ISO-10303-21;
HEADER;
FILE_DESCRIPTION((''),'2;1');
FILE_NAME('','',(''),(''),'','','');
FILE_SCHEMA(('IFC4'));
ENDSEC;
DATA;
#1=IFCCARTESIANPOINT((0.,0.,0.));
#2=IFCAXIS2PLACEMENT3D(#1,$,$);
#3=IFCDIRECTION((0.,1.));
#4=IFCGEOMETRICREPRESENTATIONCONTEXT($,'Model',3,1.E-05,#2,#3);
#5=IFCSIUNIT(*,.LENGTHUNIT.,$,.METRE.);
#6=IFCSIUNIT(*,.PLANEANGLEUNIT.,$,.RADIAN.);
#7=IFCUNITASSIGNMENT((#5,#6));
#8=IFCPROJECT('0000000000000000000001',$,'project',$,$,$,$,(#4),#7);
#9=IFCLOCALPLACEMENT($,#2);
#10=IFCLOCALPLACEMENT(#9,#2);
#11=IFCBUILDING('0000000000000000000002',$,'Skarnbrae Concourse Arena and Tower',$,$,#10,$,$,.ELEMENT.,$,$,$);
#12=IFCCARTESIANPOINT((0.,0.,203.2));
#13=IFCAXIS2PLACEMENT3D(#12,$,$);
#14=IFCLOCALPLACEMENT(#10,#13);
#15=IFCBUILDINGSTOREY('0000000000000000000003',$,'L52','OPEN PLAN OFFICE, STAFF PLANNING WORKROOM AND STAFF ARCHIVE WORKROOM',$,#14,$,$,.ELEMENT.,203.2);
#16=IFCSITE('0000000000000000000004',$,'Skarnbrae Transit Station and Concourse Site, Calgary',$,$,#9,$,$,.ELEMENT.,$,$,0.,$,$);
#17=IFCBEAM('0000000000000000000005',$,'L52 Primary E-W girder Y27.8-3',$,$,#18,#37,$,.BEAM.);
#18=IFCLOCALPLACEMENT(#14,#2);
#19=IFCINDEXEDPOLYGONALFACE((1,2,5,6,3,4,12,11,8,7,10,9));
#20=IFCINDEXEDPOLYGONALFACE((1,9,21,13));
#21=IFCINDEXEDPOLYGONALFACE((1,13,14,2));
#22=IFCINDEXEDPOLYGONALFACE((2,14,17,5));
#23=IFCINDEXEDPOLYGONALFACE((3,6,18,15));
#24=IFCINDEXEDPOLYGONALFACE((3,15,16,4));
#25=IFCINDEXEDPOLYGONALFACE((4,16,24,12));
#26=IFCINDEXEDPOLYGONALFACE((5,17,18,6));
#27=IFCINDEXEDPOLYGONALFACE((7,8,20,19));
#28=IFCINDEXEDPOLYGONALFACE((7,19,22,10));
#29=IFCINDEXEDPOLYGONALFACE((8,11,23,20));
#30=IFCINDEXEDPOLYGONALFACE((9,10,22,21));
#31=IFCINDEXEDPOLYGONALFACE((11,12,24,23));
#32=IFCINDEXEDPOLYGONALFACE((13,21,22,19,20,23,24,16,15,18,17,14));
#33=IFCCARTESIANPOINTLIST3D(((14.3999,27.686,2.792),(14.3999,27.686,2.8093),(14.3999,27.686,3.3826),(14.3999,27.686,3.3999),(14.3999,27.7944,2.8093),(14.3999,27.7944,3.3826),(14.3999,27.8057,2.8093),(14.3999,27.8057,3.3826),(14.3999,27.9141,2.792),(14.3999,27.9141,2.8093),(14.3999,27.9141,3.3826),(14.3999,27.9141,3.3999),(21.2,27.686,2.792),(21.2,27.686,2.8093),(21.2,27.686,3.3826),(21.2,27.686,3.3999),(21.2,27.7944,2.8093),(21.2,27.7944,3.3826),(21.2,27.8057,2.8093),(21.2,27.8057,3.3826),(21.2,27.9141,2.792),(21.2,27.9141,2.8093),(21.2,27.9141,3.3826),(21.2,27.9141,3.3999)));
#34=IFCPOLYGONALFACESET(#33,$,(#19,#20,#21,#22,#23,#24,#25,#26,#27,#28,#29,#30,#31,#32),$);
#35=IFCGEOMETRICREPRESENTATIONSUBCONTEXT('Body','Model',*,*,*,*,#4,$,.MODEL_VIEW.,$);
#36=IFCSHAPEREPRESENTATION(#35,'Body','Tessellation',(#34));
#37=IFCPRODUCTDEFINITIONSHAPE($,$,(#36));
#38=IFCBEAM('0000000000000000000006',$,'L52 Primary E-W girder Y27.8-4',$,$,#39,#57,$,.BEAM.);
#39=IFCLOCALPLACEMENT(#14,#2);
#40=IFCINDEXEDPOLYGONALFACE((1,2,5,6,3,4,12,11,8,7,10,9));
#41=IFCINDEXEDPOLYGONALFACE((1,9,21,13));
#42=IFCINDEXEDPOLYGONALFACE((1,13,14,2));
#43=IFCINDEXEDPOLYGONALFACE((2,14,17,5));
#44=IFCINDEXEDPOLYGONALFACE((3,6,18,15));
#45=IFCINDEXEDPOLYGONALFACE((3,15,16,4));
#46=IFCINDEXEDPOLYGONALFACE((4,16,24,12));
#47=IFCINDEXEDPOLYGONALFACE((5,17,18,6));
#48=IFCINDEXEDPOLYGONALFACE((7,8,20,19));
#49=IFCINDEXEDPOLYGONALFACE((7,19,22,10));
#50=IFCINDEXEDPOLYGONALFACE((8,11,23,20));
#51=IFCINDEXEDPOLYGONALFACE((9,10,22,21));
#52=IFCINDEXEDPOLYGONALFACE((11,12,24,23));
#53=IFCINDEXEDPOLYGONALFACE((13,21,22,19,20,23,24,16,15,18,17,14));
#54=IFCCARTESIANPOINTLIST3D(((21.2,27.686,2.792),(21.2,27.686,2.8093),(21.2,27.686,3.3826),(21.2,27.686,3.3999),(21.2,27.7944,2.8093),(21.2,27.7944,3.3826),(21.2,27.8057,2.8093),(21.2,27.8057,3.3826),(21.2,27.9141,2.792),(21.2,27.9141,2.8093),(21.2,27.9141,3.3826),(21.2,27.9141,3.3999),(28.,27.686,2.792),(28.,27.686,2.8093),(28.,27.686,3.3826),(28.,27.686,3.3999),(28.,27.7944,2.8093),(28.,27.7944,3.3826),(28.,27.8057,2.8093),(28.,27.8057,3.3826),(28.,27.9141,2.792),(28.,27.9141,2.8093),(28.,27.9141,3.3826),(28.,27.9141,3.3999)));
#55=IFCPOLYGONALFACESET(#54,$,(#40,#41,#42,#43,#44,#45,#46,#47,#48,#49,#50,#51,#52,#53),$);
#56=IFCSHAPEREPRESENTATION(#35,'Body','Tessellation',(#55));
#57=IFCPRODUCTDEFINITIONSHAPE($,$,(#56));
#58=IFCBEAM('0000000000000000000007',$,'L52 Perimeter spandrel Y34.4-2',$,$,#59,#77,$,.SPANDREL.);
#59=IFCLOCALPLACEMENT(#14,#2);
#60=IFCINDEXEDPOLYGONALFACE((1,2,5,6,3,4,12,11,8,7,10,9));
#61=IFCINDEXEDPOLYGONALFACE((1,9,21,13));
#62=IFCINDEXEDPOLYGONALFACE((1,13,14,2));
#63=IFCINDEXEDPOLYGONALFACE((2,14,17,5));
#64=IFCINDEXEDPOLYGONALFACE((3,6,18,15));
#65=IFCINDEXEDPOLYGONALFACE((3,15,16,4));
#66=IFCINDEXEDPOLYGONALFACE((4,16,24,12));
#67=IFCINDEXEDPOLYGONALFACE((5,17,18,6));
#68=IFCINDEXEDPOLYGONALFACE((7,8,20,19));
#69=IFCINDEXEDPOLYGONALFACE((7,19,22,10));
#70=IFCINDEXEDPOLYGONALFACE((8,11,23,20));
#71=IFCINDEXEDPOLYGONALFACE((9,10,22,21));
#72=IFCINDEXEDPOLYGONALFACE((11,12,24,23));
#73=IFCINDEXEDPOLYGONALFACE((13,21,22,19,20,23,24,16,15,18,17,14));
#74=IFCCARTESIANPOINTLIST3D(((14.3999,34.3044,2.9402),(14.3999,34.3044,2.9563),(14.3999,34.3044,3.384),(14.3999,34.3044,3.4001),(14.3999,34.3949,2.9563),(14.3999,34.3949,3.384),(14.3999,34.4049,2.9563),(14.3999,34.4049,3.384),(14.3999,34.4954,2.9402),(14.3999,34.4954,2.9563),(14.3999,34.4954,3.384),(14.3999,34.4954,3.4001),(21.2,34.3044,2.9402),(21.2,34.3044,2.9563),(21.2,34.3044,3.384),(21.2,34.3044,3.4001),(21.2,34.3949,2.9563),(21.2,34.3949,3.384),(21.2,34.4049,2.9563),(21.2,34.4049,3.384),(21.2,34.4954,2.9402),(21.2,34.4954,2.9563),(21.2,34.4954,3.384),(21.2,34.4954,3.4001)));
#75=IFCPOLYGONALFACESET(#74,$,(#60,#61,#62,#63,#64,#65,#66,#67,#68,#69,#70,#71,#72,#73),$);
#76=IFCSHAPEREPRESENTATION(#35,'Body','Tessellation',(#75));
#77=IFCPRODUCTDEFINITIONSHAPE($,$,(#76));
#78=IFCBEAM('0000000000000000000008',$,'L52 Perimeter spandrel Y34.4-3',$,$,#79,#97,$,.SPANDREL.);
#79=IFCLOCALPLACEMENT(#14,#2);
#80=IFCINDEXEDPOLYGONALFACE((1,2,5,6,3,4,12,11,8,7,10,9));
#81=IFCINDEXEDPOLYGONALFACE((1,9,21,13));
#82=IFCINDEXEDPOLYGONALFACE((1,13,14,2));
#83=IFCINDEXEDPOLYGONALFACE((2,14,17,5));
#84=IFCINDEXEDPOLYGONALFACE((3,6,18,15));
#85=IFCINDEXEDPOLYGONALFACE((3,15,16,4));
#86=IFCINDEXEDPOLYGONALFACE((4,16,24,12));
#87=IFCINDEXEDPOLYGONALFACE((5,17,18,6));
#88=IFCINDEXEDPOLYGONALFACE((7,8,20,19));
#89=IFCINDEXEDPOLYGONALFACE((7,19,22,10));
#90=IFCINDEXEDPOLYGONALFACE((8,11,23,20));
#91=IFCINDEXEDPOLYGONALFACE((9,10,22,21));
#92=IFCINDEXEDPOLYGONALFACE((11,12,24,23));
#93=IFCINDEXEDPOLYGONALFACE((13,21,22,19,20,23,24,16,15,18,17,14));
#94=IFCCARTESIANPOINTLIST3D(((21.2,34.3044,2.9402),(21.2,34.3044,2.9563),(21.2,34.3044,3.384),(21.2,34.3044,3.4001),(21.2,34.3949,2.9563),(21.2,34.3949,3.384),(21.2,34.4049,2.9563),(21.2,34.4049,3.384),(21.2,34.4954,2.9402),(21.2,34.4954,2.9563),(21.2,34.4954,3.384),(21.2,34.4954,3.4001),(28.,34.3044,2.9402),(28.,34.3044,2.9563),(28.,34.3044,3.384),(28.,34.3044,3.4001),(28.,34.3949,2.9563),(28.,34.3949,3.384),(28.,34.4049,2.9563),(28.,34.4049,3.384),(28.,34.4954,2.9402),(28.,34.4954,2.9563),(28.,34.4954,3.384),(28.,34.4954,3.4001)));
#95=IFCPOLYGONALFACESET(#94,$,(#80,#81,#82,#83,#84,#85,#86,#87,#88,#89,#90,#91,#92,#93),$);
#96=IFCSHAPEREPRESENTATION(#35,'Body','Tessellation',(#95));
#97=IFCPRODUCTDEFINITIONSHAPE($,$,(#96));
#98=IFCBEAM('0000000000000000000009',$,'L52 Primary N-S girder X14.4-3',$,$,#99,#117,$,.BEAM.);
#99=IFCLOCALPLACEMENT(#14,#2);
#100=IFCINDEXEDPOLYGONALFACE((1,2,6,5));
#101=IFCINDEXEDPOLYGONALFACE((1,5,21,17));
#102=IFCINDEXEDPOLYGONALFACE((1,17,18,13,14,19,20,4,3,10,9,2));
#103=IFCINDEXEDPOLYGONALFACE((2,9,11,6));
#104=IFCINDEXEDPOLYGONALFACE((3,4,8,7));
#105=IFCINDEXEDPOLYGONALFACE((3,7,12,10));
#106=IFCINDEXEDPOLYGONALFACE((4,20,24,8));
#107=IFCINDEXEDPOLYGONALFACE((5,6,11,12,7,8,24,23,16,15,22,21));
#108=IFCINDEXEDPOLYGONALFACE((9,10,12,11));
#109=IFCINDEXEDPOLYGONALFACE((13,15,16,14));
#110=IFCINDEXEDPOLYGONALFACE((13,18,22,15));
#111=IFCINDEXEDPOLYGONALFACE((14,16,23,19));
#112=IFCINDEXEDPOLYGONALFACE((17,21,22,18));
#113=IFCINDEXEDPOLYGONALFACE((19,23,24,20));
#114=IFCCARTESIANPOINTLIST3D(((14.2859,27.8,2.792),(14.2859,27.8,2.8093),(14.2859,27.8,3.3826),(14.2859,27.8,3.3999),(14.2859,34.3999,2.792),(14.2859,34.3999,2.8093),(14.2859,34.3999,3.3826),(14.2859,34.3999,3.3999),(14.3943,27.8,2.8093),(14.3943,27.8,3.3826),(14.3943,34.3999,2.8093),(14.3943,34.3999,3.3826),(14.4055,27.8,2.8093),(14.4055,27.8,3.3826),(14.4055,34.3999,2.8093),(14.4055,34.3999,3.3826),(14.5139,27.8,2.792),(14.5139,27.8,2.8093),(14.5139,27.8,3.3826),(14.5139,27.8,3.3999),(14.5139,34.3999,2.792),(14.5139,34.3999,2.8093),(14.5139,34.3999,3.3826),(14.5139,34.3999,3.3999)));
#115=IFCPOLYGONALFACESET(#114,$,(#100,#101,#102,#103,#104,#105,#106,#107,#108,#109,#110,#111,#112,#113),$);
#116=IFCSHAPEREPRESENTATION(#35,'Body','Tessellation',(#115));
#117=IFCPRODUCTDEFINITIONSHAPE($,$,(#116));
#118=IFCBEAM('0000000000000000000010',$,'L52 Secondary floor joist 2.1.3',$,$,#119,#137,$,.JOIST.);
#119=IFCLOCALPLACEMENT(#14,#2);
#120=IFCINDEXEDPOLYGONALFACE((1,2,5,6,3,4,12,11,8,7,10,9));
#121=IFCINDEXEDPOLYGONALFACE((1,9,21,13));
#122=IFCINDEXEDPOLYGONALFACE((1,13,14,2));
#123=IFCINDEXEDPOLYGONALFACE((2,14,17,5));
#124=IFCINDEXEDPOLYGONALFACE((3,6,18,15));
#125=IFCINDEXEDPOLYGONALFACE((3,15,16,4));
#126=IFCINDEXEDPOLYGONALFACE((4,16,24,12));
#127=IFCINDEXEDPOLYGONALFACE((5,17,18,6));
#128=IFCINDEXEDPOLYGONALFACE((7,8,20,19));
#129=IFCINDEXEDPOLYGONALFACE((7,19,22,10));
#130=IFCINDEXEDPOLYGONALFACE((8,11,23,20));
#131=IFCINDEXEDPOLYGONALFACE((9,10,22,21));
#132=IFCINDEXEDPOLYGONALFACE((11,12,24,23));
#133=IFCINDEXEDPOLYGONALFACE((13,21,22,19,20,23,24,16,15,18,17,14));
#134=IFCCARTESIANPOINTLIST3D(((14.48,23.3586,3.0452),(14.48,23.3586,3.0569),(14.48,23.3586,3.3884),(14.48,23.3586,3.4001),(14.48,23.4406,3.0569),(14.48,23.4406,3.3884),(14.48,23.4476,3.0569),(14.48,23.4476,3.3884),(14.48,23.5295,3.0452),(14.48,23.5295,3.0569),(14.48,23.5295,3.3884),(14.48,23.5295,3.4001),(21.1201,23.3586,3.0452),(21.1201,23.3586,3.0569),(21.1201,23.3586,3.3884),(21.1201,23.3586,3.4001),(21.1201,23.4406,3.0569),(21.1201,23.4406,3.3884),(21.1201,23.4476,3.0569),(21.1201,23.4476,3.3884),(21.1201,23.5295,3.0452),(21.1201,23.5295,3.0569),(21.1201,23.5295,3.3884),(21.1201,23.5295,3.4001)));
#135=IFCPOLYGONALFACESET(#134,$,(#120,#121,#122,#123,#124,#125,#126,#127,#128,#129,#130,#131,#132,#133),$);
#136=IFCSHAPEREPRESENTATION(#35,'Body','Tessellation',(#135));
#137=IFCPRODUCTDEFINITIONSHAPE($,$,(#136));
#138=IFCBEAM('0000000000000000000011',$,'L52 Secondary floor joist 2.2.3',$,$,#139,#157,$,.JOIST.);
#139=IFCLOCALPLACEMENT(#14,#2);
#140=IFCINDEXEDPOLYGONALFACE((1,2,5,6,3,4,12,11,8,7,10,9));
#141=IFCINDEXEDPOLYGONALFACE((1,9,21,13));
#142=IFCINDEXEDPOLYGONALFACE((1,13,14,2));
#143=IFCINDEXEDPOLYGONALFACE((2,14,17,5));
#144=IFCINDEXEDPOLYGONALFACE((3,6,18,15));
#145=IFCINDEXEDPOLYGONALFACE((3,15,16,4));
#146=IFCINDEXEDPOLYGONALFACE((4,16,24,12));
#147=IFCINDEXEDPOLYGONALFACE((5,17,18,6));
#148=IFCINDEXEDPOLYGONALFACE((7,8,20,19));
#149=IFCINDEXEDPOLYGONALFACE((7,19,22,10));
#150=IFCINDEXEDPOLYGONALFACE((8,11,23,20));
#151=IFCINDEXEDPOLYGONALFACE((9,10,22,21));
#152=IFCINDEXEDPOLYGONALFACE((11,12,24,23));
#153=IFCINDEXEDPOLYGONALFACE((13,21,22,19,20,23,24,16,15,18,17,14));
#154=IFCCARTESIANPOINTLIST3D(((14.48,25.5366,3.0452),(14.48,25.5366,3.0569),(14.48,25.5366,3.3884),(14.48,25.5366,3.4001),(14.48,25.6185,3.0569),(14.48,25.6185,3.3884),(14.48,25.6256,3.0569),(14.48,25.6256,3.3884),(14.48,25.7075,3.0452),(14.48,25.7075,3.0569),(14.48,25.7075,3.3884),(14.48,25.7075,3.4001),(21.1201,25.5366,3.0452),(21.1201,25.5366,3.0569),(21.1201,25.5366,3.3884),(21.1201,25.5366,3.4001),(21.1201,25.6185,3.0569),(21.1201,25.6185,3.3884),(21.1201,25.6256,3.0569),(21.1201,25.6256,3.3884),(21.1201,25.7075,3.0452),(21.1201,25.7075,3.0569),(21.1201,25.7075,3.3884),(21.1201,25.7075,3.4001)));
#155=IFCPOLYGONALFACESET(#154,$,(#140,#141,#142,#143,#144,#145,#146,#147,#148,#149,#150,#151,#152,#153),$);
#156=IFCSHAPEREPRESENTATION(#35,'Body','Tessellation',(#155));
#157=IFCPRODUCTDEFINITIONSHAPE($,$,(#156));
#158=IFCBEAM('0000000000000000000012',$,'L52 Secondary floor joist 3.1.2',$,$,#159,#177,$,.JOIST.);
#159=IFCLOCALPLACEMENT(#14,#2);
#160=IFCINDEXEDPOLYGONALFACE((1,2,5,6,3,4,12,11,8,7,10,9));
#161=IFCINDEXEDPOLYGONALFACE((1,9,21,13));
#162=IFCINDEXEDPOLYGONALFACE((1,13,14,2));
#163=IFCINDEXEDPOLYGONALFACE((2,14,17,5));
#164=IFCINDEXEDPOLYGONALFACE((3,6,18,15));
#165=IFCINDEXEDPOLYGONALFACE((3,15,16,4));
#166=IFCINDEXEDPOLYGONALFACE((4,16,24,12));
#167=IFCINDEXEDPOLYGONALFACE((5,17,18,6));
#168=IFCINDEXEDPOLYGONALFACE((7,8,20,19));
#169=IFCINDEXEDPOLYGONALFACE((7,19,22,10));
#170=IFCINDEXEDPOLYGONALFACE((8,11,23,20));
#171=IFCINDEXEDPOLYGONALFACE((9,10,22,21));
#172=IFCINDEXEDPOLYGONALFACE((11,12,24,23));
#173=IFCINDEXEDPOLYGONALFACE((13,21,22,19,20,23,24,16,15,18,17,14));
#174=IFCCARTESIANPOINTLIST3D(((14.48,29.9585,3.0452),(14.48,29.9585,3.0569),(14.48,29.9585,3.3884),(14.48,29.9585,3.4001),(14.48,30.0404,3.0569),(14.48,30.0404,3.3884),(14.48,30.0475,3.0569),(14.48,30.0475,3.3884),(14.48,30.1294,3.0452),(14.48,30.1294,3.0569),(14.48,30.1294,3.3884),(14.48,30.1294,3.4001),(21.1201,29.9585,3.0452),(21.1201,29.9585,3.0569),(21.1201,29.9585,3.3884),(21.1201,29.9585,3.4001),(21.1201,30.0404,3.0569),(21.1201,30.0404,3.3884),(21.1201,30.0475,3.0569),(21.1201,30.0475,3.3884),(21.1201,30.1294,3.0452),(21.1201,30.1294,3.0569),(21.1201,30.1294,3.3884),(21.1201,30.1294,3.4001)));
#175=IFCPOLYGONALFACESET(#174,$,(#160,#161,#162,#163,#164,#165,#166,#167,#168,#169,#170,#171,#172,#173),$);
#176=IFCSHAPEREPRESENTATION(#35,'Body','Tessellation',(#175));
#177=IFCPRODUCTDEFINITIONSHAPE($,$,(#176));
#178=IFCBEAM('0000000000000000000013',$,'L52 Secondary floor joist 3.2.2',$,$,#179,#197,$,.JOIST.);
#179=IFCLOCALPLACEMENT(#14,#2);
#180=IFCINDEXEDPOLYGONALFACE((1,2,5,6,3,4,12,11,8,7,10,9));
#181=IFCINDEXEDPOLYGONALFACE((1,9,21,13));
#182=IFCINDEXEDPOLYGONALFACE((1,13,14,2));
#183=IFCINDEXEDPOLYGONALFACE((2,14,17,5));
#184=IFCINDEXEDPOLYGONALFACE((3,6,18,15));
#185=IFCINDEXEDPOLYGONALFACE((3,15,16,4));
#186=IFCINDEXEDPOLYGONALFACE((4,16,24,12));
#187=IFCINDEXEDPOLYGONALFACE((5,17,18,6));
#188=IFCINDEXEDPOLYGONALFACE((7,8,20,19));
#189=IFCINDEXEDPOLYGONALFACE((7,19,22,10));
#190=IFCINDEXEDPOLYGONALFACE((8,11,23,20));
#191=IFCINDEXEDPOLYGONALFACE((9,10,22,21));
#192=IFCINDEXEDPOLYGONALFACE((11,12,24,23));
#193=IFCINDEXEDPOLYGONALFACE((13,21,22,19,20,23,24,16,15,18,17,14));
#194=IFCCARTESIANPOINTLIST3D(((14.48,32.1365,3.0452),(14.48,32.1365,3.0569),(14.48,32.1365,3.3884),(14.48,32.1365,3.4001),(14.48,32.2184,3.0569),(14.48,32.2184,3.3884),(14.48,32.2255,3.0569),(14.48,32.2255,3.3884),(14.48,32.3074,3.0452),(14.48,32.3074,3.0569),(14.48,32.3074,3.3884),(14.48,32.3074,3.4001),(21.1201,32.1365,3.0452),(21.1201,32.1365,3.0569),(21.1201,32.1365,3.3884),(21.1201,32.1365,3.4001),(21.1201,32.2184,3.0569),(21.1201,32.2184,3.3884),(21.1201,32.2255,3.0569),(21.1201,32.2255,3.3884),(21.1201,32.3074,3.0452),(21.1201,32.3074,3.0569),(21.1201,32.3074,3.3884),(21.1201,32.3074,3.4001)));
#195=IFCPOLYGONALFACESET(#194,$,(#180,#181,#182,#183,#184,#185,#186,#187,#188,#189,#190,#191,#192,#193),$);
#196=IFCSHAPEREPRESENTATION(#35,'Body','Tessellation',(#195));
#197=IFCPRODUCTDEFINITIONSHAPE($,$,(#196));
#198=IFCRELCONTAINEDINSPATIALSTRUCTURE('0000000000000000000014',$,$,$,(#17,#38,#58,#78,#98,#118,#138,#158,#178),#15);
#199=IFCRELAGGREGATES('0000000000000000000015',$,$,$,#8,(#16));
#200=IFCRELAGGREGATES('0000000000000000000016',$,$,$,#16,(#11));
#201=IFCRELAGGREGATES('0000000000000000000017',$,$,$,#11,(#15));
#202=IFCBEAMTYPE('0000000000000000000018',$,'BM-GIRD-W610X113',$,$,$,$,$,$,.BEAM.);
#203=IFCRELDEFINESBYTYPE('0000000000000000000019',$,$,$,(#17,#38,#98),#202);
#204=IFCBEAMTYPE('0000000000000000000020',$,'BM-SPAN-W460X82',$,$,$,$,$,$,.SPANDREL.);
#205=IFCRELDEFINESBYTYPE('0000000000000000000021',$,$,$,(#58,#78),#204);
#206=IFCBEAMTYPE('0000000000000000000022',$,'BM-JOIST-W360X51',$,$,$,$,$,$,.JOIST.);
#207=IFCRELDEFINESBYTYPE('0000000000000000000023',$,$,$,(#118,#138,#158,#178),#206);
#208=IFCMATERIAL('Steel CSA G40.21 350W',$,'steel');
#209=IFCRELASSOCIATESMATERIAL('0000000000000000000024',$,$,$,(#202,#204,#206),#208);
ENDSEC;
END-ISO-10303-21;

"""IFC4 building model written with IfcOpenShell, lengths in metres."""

from ifc_helpers import new_model, si_unit, direction, frame, origin, origin_2d, place, context, subcontext, project, spatial, i_section, extrude, source, transform, mapped, material, material_profile, profile_set, type_object, element, save


model = new_model("IFC4")

# Units and contexts
model_context = context("Model", 3, precision=1e-05, world=origin(), true_north=direction((0.0, 1.0)))
body_context = subcontext(model_context, "Body", "Model", "MODEL_VIEW")
ifc_project = project(units=[si_unit("LENGTHUNIT", "METRE"), si_unit("PLANEANGLEUNIT", "RADIAN")], contexts=[model_context])

# Site, building, storey
site_placement = place(None, origin())
site = spatial("IfcSite", under=ifc_project, at=site_placement, Name="Skarnbrae Transit Station and Concourse Site, Calgary", CompositionType="ELEMENT", RefElevation=0.0)
building_placement = place(site_placement, origin())
building = spatial("IfcBuilding", under=site, at=building_placement, Name="Skarnbrae Concourse Arena and Tower", CompositionType="ELEMENT")
storey_placement = place(building_placement, frame((0.0, 0.0, 203.2)))
storey = spatial("IfcBuildingStorey", under=building, at=storey_placement, Name="L52", Description="OPEN PLAN OFFICE, STAFF PLANNING WORKROOM AND STAFF ARCHIVE WORKROOM", CompositionType="ELEMENT", Elevation=203.2)

# Shared definitions
ifc_material_1 = material(Name="Steel CSA G40.21 350W", Category="steel")

# Beams
ifc_material_profile_1 = material_profile(ifc_material_1, i_section(OverallWidth=0.228, OverallDepth=0.6079, WebThickness=0.0112, FlangeThickness=0.0173, at=origin_2d()), Name="W610X113")
ifc_profile_set_1 = profile_set([ifc_material_profile_1], Name="Steel CSA G40.21 350W")
beam_type_1 = type_object("IfcBeamType", Name="BM-GIRD-W610X113", PredefinedType="BEAM", material=ifc_profile_set_1)
shared_shape_1 = source(origin(), body_context, "Body", "SweptSolid", [
    extrude(i_section(OverallWidth=0.228, OverallDepth=0.6079, WebThickness=0.0112, FlangeThickness=0.0173, at=origin_2d()), origin(), (0.0, 0.0, 1.0), 6.8),
])
for number, where, z_axis, x_axis, name in (
    (1, (14.3999, 27.8, 3.0959), (1.0, 0.0, 0.0), (0.0, 1.0, 0.0), "L52 Primary E-W girder Y27.8-3"),
    (2, (21.2, 27.8, 3.0959), (1.0, 0.0, 0.0), (0.0, 1.0, 0.0), "L52 Primary E-W girder Y27.8-4"),
):
    element("IfcBeam", number, at=place(storey_placement, frame(where, z_axis=z_axis, x_axis=x_axis)), inside=storey, type_object=beam_type_1, Name=name, PredefinedType="BEAM", context=body_context, shape_type="MappedRepresentation", body=[
        mapped(shared_shape_1, transform((0.0, 0.0, 0.0))),
    ])
ifc_material_profile_2 = material_profile(ifc_material_1, i_section(OverallWidth=0.1909, OverallDepth=0.46, WebThickness=0.01, FlangeThickness=0.0161, at=origin_2d()), Name="W460X82")
ifc_profile_set_2 = profile_set([ifc_material_profile_2], Name="Steel CSA G40.21 350W")
beam_type_2 = type_object("IfcBeamType", Name="BM-SPAN-W460X82", PredefinedType="SPANDREL", material=ifc_profile_set_2)
shared_shape_2 = source(origin(), body_context, "Body", "SweptSolid", [
    extrude(i_section(OverallWidth=0.1909, OverallDepth=0.46, WebThickness=0.01, FlangeThickness=0.0161, at=origin_2d()), origin(), (0.0, 0.0, 1.0), 6.8),
])
for number, where, z_axis, x_axis, name in (
    (3, (14.3999, 34.3999, 3.1702), (1.0, 0.0, 0.0), (0.0, 1.0, 0.0), "L52 Perimeter spandrel Y34.4-2"),
    (4, (21.2, 34.3999, 3.1702), (1.0, 0.0, 0.0), (0.0, 1.0, 0.0), "L52 Perimeter spandrel Y34.4-3"),
):
    element("IfcBeam", number, at=place(storey_placement, frame(where, z_axis=z_axis, x_axis=x_axis)), inside=storey, type_object=beam_type_2, Name=name, PredefinedType="SPANDREL", context=body_context, shape_type="MappedRepresentation", body=[
        mapped(shared_shape_2, transform((0.0, 0.0, 0.0))),
    ])
shared_shape_3 = source(origin(), body_context, "Body", "SweptSolid", [
    extrude(i_section(OverallWidth=0.228, OverallDepth=0.6079, WebThickness=0.0112, FlangeThickness=0.0173, at=origin_2d()), origin(), (0.0, 0.0, 1.0), 6.5999),
])
beam_1_placement = place(storey_placement, frame((14.3999, 27.8, 3.0959), z_axis=(0.0, 1.0, 0.0), x_axis=(-1.0, 0.0, 0.0)))
element("IfcBeam", 5, at=beam_1_placement, inside=storey, type_object=beam_type_1, Name="L52 Primary N-S girder X14.4-3", PredefinedType="BEAM", context=body_context, shape_type="MappedRepresentation", body=[
    mapped(shared_shape_3, transform((0.0, 0.0, 0.0))),
])
ifc_material_profile_3 = material_profile(ifc_material_1, i_section(OverallWidth=0.1709, OverallDepth=0.355, WebThickness=0.0071, FlangeThickness=0.0117, at=origin_2d()), Name="W360X51")
ifc_profile_set_3 = profile_set([ifc_material_profile_3], Name="Steel CSA G40.21 350W")
beam_type_3 = type_object("IfcBeamType", Name="BM-JOIST-W360X51", PredefinedType="JOIST", material=ifc_profile_set_3)
shared_shape_4 = source(origin(), body_context, "Body", "SweptSolid", [
    extrude(i_section(OverallWidth=0.1709, OverallDepth=0.355, WebThickness=0.0071, FlangeThickness=0.0117, at=origin_2d()), origin(), (0.0, 0.0, 1.0), 6.6401),
])
for number, where, z_axis, x_axis, name in (
    (6, (14.48, 23.4441, 3.2227), (1.0, 0.0, 0.0), (0.0, 1.0, 0.0), "L52 Secondary floor joist 2.1.3"),
    (7, (14.48, 25.6221, 3.2227), (1.0, 0.0, 0.0), (0.0, 1.0, 0.0), "L52 Secondary floor joist 2.2.3"),
    (8, (14.48, 30.0439, 3.2227), (1.0, 0.0, 0.0), (0.0, 1.0, 0.0), "L52 Secondary floor joist 3.1.2"),
    (9, (14.48, 32.2219, 3.2227), (1.0, 0.0, 0.0), (0.0, 1.0, 0.0), "L52 Secondary floor joist 3.2.2"),
):
    element("IfcBeam", number, at=place(storey_placement, frame(where, z_axis=z_axis, x_axis=x_axis)), inside=storey, type_object=beam_type_3, Name=name, PredefinedType="JOIST", context=body_context, shape_type="MappedRepresentation", body=[
        mapped(shared_shape_4, transform((0.0, 0.0, 0.0))),
    ])

save(model, "model.ifc")
